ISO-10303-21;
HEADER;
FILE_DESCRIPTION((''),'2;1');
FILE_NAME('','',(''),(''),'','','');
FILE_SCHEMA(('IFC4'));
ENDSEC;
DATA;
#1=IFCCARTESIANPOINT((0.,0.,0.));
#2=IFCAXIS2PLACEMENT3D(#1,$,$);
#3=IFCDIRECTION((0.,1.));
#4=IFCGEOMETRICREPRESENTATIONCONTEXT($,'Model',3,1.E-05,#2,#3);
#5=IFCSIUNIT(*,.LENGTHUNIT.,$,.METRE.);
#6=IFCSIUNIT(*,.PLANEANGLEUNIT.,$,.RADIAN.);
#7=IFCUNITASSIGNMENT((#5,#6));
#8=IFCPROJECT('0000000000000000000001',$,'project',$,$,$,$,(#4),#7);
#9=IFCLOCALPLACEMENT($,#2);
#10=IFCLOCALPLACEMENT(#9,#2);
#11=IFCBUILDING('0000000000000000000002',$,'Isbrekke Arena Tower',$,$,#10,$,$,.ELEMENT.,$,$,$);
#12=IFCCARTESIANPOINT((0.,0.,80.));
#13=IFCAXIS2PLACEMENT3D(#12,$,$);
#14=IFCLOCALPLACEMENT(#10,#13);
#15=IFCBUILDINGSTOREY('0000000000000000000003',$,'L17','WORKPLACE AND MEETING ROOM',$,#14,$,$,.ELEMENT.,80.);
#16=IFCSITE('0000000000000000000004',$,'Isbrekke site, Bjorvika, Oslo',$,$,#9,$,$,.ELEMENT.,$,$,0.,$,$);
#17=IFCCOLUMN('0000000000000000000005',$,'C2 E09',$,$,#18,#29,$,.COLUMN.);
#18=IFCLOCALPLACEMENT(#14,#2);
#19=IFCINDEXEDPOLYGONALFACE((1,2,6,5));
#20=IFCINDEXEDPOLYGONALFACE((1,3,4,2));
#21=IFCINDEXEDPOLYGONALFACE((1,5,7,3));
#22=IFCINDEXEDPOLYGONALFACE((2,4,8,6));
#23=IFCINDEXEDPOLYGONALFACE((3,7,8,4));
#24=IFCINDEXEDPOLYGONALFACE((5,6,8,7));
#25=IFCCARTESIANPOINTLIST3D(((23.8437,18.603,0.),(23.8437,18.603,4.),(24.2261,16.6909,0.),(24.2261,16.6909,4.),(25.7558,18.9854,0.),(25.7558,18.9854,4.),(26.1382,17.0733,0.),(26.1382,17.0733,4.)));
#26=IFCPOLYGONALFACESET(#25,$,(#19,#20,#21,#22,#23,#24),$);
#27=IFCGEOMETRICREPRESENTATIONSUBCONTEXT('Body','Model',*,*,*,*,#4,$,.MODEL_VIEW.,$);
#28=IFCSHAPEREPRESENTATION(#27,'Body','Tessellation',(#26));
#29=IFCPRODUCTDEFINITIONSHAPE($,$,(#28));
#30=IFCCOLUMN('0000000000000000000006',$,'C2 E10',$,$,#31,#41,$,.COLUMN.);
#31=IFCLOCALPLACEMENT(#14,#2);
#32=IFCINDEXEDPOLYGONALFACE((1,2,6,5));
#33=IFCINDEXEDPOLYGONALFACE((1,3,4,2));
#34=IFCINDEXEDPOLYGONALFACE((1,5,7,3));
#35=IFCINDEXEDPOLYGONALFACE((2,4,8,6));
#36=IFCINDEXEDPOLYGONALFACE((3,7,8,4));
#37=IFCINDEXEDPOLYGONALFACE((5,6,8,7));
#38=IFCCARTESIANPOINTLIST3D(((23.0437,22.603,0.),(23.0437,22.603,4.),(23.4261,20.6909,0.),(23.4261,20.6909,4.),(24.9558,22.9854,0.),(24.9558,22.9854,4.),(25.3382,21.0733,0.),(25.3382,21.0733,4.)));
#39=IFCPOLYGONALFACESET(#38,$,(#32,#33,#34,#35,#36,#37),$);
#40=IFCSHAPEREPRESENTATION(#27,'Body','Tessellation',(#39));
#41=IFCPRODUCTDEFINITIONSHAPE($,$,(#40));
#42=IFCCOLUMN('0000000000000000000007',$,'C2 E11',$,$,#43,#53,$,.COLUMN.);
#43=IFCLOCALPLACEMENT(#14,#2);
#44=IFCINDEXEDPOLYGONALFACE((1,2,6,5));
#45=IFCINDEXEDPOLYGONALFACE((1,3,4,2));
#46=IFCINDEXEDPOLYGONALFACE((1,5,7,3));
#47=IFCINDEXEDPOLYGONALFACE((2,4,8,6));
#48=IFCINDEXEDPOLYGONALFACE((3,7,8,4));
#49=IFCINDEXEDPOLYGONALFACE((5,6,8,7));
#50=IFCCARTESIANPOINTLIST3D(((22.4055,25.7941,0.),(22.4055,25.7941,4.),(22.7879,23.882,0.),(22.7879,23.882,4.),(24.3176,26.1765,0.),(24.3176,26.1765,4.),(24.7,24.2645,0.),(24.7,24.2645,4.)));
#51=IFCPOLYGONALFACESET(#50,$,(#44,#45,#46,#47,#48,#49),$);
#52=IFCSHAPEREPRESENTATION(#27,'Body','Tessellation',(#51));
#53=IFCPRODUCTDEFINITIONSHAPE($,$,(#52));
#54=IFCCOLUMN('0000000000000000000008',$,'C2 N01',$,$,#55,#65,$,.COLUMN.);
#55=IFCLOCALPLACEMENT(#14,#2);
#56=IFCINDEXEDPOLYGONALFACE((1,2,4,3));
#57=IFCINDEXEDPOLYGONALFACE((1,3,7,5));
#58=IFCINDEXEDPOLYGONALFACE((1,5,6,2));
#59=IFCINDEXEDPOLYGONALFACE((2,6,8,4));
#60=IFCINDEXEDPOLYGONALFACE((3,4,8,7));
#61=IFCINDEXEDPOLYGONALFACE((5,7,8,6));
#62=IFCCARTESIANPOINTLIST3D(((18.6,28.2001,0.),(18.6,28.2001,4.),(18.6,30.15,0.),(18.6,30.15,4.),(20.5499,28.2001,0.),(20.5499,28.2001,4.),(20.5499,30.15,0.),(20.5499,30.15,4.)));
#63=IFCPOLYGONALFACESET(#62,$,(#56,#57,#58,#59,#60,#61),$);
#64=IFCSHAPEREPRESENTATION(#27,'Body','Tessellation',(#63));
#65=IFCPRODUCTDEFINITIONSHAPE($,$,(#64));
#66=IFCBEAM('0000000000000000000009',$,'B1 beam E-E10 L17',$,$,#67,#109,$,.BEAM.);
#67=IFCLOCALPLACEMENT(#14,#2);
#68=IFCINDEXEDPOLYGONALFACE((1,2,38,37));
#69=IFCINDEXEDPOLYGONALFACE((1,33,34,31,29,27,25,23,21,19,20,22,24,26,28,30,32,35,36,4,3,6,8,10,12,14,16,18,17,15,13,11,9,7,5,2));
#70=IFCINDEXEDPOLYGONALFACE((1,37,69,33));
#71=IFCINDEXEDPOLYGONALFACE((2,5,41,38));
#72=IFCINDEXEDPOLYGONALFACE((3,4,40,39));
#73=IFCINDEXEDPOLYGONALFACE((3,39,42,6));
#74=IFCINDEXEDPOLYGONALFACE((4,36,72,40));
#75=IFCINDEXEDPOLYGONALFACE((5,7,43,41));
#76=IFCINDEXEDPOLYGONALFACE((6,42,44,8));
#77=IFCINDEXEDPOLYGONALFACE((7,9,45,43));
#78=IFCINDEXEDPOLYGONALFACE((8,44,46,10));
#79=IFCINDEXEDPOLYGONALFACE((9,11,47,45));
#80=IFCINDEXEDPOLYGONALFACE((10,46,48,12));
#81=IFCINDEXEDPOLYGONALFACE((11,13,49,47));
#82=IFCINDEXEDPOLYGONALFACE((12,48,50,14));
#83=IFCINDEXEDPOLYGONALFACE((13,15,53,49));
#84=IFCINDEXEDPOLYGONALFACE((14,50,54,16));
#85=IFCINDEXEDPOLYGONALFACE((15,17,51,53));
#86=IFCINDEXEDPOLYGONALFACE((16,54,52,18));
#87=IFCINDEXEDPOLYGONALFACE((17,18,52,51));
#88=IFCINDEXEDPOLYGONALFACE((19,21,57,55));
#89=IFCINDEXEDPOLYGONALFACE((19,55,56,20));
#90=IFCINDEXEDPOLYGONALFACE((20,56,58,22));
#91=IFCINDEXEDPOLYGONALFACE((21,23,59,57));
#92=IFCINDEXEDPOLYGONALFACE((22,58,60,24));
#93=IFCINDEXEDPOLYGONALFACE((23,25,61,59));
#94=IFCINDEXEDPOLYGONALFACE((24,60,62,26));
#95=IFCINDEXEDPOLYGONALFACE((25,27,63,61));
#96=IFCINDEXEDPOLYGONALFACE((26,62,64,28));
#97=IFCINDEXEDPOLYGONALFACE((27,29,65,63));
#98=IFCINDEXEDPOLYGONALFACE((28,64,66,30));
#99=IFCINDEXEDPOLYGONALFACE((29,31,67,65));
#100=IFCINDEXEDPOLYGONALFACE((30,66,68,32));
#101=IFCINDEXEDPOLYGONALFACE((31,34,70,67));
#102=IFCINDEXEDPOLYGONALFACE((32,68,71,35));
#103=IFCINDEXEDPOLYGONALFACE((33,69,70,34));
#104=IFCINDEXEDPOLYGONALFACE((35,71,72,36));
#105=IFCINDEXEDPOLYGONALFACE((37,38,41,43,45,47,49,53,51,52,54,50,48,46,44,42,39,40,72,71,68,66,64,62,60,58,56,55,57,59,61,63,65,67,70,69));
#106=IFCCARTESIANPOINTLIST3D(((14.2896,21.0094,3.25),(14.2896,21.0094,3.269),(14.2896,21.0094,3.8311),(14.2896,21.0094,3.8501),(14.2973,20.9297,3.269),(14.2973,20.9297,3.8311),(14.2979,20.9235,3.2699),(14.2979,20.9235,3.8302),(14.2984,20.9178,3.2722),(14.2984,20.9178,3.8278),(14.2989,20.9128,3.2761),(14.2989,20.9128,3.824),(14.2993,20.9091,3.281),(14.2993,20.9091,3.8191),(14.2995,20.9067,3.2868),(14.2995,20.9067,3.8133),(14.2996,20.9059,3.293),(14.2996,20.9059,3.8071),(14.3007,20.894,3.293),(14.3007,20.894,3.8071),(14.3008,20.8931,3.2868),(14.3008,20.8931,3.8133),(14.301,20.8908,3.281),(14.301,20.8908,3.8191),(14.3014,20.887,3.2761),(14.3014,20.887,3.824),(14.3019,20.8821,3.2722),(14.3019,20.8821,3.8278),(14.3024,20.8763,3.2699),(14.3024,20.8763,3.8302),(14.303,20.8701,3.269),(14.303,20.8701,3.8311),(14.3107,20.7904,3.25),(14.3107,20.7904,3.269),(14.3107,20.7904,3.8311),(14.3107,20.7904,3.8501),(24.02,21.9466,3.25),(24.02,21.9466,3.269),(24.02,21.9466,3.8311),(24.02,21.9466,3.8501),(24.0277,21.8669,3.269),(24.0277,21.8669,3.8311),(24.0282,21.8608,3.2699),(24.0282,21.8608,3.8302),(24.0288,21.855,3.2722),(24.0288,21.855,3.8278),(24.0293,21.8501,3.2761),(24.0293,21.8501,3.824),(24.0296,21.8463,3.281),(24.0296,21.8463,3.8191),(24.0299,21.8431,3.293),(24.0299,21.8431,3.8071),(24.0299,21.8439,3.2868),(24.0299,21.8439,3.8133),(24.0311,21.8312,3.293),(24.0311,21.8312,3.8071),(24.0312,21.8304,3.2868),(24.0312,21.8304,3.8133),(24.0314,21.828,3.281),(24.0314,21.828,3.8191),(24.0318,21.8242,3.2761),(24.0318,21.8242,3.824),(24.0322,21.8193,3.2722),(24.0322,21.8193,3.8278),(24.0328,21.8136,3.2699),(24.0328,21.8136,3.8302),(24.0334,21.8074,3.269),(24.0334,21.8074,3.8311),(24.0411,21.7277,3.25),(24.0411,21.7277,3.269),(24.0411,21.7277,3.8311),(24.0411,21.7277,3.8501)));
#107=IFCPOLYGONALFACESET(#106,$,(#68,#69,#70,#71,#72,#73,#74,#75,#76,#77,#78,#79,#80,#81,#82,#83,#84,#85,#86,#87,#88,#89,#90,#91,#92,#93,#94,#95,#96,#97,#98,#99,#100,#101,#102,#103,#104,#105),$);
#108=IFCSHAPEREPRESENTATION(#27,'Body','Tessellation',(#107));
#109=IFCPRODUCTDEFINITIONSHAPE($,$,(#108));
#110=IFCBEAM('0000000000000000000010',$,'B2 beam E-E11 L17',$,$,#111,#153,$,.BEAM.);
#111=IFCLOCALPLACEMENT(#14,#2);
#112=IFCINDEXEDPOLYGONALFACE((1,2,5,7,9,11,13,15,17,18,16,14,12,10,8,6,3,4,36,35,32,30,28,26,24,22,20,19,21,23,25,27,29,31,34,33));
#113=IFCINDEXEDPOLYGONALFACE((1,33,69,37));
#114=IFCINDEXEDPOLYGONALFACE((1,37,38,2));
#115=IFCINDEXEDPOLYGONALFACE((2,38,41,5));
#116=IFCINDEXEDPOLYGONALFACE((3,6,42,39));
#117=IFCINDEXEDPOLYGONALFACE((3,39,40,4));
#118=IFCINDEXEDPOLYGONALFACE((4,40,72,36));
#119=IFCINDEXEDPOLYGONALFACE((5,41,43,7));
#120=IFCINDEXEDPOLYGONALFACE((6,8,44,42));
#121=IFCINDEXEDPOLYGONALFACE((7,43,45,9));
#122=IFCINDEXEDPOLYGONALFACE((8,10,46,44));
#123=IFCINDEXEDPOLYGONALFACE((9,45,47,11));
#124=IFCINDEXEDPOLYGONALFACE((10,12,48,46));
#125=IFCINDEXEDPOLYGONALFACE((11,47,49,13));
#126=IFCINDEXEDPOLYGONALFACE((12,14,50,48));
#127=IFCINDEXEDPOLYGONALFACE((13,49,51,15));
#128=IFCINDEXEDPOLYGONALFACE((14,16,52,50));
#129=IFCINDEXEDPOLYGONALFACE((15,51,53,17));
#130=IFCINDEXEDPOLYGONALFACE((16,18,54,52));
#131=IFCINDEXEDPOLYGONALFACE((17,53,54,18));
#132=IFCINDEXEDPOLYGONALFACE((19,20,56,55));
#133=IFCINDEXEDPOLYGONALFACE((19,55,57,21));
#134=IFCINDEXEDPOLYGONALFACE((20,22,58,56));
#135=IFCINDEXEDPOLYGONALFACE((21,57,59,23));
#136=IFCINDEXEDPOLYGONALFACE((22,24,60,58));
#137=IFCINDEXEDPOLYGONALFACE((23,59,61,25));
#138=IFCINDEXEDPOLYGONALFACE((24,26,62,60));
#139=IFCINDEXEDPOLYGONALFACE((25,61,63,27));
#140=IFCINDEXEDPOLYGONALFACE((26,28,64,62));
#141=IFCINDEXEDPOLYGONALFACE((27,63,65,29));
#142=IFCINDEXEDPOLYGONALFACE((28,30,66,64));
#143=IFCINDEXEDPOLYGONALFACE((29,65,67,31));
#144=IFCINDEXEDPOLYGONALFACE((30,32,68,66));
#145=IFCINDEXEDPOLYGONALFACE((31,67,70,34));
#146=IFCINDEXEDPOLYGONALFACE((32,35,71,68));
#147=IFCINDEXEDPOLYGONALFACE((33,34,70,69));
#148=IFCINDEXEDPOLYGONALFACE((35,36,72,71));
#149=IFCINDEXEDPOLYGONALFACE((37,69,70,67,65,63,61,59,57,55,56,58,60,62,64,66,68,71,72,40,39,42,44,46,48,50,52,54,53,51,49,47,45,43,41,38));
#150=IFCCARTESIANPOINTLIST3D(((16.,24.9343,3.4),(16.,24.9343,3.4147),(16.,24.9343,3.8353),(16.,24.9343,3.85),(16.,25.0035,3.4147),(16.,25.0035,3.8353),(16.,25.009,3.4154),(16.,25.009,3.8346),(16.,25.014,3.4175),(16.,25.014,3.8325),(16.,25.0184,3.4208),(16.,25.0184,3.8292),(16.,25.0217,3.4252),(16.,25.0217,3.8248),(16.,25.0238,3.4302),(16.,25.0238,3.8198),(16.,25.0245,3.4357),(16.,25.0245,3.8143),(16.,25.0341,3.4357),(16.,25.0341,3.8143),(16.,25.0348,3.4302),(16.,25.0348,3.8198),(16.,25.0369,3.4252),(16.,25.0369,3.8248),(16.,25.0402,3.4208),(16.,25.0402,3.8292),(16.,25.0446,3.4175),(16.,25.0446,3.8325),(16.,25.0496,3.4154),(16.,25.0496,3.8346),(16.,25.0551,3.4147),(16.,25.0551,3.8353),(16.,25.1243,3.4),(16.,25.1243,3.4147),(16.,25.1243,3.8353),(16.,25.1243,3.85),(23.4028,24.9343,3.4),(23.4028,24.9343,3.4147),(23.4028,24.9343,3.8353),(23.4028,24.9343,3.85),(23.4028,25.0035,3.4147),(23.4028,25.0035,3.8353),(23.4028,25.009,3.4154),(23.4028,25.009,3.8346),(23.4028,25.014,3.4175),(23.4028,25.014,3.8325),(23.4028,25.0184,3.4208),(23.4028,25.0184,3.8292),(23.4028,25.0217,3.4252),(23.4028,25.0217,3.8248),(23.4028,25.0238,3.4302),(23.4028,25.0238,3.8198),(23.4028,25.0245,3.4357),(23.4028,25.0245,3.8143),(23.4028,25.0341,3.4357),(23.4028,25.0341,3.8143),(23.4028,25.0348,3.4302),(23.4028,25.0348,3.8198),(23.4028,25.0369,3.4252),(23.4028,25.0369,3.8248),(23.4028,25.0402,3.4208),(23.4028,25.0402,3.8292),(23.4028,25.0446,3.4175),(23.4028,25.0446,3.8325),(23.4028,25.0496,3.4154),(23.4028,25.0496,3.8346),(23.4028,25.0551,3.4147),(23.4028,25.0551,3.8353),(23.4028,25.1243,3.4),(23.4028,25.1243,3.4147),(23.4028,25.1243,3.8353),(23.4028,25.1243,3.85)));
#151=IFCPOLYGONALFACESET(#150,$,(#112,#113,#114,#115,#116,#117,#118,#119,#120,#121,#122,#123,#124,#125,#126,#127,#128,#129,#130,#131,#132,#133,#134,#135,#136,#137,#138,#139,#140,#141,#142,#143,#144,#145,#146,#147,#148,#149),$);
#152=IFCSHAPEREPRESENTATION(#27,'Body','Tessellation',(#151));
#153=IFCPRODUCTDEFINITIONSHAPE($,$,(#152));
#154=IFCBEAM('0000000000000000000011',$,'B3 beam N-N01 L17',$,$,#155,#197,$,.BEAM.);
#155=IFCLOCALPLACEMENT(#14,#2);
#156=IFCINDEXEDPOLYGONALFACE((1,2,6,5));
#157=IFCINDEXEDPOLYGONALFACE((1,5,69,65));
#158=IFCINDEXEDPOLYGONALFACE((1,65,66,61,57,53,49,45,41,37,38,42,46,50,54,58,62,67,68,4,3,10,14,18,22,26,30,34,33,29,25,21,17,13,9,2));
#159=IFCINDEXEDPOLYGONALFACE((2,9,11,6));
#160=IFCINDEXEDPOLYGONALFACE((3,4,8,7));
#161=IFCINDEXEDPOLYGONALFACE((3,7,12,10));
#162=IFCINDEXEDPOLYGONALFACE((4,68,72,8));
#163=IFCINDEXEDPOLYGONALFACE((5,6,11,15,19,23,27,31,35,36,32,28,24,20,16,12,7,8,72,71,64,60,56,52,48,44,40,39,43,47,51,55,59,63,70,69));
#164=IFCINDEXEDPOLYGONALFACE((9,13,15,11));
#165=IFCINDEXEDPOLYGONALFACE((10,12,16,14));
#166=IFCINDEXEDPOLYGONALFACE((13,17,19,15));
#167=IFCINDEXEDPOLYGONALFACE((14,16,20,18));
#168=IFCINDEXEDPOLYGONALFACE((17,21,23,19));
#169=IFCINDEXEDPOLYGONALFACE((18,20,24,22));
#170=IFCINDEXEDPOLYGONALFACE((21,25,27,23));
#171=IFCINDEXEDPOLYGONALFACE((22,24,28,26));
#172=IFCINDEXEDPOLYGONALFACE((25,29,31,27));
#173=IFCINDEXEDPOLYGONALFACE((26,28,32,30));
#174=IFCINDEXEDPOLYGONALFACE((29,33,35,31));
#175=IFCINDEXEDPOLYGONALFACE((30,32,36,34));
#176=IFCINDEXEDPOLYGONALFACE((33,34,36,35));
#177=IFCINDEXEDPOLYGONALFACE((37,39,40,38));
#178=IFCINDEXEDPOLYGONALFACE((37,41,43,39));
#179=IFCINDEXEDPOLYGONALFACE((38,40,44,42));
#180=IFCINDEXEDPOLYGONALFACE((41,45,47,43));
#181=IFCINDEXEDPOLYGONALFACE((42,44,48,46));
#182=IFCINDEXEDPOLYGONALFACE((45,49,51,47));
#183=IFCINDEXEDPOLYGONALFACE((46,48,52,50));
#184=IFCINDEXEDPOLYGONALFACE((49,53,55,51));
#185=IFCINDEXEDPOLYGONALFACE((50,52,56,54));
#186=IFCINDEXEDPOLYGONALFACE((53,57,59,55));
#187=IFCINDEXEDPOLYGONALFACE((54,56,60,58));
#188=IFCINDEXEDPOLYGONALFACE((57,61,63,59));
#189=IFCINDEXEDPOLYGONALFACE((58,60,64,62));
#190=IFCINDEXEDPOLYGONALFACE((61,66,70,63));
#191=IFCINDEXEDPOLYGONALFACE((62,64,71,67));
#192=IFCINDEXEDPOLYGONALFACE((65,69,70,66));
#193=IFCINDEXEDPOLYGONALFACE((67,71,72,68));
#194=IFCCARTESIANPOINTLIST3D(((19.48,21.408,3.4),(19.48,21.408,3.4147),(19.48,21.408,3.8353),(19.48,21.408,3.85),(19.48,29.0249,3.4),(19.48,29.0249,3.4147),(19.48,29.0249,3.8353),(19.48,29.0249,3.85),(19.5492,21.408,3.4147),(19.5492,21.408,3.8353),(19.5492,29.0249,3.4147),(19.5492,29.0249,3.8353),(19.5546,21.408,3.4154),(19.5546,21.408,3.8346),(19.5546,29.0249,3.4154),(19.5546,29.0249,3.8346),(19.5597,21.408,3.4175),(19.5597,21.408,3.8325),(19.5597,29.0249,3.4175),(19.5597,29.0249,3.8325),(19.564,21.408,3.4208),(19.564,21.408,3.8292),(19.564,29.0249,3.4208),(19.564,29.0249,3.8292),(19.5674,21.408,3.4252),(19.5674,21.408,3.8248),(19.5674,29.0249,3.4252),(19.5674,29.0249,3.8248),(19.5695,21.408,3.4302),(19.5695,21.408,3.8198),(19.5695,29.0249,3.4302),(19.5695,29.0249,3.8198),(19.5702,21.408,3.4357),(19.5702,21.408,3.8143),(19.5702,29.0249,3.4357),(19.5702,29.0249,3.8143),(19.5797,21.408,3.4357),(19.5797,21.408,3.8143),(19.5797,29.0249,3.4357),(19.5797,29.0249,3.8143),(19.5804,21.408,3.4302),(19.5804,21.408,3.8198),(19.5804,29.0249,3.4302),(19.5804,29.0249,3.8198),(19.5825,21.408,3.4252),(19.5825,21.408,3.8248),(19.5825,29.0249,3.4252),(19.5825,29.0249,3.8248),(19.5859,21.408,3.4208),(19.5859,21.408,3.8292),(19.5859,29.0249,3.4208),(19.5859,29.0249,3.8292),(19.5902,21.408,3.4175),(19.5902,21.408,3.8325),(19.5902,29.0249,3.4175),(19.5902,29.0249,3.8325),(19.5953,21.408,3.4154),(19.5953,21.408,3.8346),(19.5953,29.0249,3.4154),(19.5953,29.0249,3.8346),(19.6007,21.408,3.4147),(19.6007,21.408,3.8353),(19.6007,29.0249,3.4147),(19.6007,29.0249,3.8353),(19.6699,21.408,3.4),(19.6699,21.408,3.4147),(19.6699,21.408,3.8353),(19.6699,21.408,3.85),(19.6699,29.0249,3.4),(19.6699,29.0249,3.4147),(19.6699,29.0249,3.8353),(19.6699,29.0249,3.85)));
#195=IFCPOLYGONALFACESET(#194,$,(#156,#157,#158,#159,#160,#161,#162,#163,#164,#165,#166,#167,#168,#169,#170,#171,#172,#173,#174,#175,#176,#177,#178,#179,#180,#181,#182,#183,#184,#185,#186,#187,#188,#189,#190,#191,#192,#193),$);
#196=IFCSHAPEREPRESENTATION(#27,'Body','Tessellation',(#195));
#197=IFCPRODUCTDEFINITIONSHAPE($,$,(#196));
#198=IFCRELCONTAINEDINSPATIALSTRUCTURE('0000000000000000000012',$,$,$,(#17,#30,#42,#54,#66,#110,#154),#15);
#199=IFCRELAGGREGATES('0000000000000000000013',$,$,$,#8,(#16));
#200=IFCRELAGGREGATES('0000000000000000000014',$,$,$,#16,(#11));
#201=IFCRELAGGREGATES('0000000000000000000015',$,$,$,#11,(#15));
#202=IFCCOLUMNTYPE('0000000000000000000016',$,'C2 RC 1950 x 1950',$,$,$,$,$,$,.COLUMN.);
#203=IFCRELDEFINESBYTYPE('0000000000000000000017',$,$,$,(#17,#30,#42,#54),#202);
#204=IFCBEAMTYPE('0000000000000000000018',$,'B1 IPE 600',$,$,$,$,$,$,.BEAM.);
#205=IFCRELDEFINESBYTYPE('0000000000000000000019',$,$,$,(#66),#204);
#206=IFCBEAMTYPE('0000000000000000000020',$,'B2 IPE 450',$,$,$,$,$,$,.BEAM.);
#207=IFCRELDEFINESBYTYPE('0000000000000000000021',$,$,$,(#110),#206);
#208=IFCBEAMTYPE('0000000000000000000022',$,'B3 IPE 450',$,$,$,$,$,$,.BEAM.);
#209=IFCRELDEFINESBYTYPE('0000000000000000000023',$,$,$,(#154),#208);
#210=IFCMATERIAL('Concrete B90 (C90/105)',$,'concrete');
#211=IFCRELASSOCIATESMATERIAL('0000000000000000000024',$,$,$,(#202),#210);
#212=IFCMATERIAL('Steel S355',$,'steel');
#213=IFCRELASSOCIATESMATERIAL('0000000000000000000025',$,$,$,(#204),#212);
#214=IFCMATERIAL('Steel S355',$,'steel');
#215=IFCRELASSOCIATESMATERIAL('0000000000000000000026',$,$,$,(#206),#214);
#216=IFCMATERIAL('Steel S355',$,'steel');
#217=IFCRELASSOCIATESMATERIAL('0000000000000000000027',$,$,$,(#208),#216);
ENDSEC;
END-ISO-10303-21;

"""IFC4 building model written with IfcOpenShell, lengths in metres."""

from ifc_helpers import new_model, si_unit, direction, frame, origin, origin_2d, place, context, subcontext, project, spatial, rectangle, i_section, extrude, material, material_profile, profile_set, type_object, element, save


model = new_model("IFC4")

# Units and contexts
model_context = context("Model", 3, precision=1e-05, world=origin(), true_north=direction((0.0, 1.0)))
body_context = subcontext(model_context, "Body", "Model", "MODEL_VIEW")
ifc_project = project(units=[si_unit("LENGTHUNIT", "METRE"), si_unit("PLANEANGLEUNIT", "RADIAN")], contexts=[model_context])

# Site, building, storey
site_placement = place(None, origin())
site = spatial("IfcSite", under=ifc_project, at=site_placement, Name="Isbrekke site, Bjorvika, Oslo", CompositionType="ELEMENT", RefElevation=0.0)
building_placement = place(site_placement, origin())
building = spatial("IfcBuilding", under=site, at=building_placement, Name="Isbrekke Arena Tower", CompositionType="ELEMENT")
storey_placement = place(building_placement, frame((0.0, 0.0, 80.0)))
storey = spatial("IfcBuildingStorey", under=building, at=storey_placement, Name="L17", Description="WORKPLACE AND MEETING ROOM", CompositionType="ELEMENT", Elevation=80.0)

# Columns
ifc_material_1 = material(Name="Concrete B90 (C90/105)", Category="concrete")
ifc_material_profile_1 = material_profile(ifc_material_1, rectangle(XDim=1.95, YDim=1.95, at=origin_2d()), Name="RC 1950x1950")
ifc_profile_set_1 = profile_set([ifc_material_profile_1], Name="Concrete B90 (C90/105)")
column_type = type_object("IfcColumnType", Name="C2 RC 1950 x 1950", PredefinedType="COLUMN", material=ifc_profile_set_1)
for number, where, z_axis, x_axis, name in (
    (1, (24.991, 17.8381, 0.0), (0.0, 0.0, 1.0), (-0.196116, 0.980581, 0.0), "C2 E09"),
    (2, (24.1909, 21.8381, 0.0), (0.0, 0.0, 1.0), (-0.196116, 0.980581, 0.0), "C2 E10"),
    (3, (23.5527, 25.0293, 0.0), (0.0, 0.0, 1.0), (-0.196116, 0.980581, 0.0), "C2 E11"),
    (4, (19.575, 29.175, 0.0), (0.0, 0.0, 1.0), (-1.0, 0.0, 0.0), "C2 N01"),
):
    element("IfcColumn", number, at=place(storey_placement, frame(where, z_axis=z_axis, x_axis=x_axis)), inside=storey, type_object=column_type, Name=name, PredefinedType="COLUMN", context=body_context, shape_type="SweptSolid", body=[
        extrude(rectangle(XDim=1.95, YDim=1.95, at=origin_2d()), origin(), (0.0, 0.0, 1.0), 4.0),
    ])

# Beams
ifc_material_2 = material(Name="Steel S355", Category="steel")
ifc_material_profile_2 = material_profile(ifc_material_2, i_section(OverallWidth=0.22, OverallDepth=0.6001, WebThickness=0.012, FlangeThickness=0.019, FilletRadius=0.0239, at=origin_2d()), Name="IPE 600")
ifc_profile_set_2 = profile_set([ifc_material_profile_2], Name="Steel S355")
beam_type_1 = type_object("IfcBeamType", Name="B1 IPE 600", PredefinedType="BEAM", material=ifc_profile_set_2)
beam_1_placement = place(storey_placement, frame((24.0305, 21.8372, 3.55), z_axis=(-0.995393, -0.095878, 0.0), x_axis=(0.095878, -0.995393, 0.0)))
element("IfcBeam", 5, at=beam_1_placement, inside=storey, type_object=beam_type_1, Name="B1 beam E-E10 L17", PredefinedType="BEAM", context=body_context, shape_type="SweptSolid", body=[
    extrude(i_section(OverallWidth=0.22, OverallDepth=0.6001, WebThickness=0.012, FlangeThickness=0.019, FilletRadius=0.0239, at=origin_2d()), origin(), (0.0, 0.0, 1.0), 9.7754),
])
ifc_material_3 = material(Name="Steel S355", Category="steel")
ifc_material_profile_3 = material_profile(ifc_material_3, i_section(OverallWidth=0.1899, OverallDepth=0.45, WebThickness=0.0095, FlangeThickness=0.0146, FilletRadius=0.021, at=origin_2d()), Name="IPE 450")
ifc_profile_set_3 = profile_set([ifc_material_profile_3], Name="Steel S355")
beam_type_2 = type_object("IfcBeamType", Name="B2 IPE 450", PredefinedType="BEAM", material=ifc_profile_set_3)
beam_2_placement = place(storey_placement, frame((23.4028, 25.0293, 3.625), z_axis=(-1.0, 0.0, 0.0), x_axis=(0.0, -1.0, 0.0)))
element("IfcBeam", 6, at=beam_2_placement, inside=storey, type_object=beam_type_2, Name="B2 beam E-E11 L17", PredefinedType="BEAM", context=body_context, shape_type="SweptSolid", body=[
    extrude(i_section(OverallWidth=0.1899, OverallDepth=0.45, WebThickness=0.0095, FlangeThickness=0.0146, FilletRadius=0.021, at=origin_2d()), origin(), (0.0, 0.0, 1.0), 7.4028),
])
ifc_material_4 = material(Name="Steel S355", Category="steel")
ifc_material_profile_4 = material_profile(ifc_material_4, i_section(OverallWidth=0.1899, OverallDepth=0.45, WebThickness=0.0095, FlangeThickness=0.0146, FilletRadius=0.021, at=origin_2d()), Name="IPE 450")
ifc_profile_set_4 = profile_set([ifc_material_profile_4], Name="Steel S355")
beam_type_3 = type_object("IfcBeamType", Name="B3 IPE 450", PredefinedType="BEAM", material=ifc_profile_set_4)
beam_3_placement = place(storey_placement, frame((19.575, 29.0249, 3.625), z_axis=(0.0, -1.0, 0.0), x_axis=(1.0, 0.0, 0.0)))
element("IfcBeam", 7, at=beam_3_placement, inside=storey, type_object=beam_type_3, Name="B3 beam N-N01 L17", PredefinedType="BEAM", context=body_context, shape_type="SweptSolid", body=[
    extrude(i_section(OverallWidth=0.1899, OverallDepth=0.45, WebThickness=0.0095, FlangeThickness=0.0146, FilletRadius=0.021, at=origin_2d()), origin(), (0.0, 0.0, 1.0), 7.6169),
])

save(model, "model.ifc")
